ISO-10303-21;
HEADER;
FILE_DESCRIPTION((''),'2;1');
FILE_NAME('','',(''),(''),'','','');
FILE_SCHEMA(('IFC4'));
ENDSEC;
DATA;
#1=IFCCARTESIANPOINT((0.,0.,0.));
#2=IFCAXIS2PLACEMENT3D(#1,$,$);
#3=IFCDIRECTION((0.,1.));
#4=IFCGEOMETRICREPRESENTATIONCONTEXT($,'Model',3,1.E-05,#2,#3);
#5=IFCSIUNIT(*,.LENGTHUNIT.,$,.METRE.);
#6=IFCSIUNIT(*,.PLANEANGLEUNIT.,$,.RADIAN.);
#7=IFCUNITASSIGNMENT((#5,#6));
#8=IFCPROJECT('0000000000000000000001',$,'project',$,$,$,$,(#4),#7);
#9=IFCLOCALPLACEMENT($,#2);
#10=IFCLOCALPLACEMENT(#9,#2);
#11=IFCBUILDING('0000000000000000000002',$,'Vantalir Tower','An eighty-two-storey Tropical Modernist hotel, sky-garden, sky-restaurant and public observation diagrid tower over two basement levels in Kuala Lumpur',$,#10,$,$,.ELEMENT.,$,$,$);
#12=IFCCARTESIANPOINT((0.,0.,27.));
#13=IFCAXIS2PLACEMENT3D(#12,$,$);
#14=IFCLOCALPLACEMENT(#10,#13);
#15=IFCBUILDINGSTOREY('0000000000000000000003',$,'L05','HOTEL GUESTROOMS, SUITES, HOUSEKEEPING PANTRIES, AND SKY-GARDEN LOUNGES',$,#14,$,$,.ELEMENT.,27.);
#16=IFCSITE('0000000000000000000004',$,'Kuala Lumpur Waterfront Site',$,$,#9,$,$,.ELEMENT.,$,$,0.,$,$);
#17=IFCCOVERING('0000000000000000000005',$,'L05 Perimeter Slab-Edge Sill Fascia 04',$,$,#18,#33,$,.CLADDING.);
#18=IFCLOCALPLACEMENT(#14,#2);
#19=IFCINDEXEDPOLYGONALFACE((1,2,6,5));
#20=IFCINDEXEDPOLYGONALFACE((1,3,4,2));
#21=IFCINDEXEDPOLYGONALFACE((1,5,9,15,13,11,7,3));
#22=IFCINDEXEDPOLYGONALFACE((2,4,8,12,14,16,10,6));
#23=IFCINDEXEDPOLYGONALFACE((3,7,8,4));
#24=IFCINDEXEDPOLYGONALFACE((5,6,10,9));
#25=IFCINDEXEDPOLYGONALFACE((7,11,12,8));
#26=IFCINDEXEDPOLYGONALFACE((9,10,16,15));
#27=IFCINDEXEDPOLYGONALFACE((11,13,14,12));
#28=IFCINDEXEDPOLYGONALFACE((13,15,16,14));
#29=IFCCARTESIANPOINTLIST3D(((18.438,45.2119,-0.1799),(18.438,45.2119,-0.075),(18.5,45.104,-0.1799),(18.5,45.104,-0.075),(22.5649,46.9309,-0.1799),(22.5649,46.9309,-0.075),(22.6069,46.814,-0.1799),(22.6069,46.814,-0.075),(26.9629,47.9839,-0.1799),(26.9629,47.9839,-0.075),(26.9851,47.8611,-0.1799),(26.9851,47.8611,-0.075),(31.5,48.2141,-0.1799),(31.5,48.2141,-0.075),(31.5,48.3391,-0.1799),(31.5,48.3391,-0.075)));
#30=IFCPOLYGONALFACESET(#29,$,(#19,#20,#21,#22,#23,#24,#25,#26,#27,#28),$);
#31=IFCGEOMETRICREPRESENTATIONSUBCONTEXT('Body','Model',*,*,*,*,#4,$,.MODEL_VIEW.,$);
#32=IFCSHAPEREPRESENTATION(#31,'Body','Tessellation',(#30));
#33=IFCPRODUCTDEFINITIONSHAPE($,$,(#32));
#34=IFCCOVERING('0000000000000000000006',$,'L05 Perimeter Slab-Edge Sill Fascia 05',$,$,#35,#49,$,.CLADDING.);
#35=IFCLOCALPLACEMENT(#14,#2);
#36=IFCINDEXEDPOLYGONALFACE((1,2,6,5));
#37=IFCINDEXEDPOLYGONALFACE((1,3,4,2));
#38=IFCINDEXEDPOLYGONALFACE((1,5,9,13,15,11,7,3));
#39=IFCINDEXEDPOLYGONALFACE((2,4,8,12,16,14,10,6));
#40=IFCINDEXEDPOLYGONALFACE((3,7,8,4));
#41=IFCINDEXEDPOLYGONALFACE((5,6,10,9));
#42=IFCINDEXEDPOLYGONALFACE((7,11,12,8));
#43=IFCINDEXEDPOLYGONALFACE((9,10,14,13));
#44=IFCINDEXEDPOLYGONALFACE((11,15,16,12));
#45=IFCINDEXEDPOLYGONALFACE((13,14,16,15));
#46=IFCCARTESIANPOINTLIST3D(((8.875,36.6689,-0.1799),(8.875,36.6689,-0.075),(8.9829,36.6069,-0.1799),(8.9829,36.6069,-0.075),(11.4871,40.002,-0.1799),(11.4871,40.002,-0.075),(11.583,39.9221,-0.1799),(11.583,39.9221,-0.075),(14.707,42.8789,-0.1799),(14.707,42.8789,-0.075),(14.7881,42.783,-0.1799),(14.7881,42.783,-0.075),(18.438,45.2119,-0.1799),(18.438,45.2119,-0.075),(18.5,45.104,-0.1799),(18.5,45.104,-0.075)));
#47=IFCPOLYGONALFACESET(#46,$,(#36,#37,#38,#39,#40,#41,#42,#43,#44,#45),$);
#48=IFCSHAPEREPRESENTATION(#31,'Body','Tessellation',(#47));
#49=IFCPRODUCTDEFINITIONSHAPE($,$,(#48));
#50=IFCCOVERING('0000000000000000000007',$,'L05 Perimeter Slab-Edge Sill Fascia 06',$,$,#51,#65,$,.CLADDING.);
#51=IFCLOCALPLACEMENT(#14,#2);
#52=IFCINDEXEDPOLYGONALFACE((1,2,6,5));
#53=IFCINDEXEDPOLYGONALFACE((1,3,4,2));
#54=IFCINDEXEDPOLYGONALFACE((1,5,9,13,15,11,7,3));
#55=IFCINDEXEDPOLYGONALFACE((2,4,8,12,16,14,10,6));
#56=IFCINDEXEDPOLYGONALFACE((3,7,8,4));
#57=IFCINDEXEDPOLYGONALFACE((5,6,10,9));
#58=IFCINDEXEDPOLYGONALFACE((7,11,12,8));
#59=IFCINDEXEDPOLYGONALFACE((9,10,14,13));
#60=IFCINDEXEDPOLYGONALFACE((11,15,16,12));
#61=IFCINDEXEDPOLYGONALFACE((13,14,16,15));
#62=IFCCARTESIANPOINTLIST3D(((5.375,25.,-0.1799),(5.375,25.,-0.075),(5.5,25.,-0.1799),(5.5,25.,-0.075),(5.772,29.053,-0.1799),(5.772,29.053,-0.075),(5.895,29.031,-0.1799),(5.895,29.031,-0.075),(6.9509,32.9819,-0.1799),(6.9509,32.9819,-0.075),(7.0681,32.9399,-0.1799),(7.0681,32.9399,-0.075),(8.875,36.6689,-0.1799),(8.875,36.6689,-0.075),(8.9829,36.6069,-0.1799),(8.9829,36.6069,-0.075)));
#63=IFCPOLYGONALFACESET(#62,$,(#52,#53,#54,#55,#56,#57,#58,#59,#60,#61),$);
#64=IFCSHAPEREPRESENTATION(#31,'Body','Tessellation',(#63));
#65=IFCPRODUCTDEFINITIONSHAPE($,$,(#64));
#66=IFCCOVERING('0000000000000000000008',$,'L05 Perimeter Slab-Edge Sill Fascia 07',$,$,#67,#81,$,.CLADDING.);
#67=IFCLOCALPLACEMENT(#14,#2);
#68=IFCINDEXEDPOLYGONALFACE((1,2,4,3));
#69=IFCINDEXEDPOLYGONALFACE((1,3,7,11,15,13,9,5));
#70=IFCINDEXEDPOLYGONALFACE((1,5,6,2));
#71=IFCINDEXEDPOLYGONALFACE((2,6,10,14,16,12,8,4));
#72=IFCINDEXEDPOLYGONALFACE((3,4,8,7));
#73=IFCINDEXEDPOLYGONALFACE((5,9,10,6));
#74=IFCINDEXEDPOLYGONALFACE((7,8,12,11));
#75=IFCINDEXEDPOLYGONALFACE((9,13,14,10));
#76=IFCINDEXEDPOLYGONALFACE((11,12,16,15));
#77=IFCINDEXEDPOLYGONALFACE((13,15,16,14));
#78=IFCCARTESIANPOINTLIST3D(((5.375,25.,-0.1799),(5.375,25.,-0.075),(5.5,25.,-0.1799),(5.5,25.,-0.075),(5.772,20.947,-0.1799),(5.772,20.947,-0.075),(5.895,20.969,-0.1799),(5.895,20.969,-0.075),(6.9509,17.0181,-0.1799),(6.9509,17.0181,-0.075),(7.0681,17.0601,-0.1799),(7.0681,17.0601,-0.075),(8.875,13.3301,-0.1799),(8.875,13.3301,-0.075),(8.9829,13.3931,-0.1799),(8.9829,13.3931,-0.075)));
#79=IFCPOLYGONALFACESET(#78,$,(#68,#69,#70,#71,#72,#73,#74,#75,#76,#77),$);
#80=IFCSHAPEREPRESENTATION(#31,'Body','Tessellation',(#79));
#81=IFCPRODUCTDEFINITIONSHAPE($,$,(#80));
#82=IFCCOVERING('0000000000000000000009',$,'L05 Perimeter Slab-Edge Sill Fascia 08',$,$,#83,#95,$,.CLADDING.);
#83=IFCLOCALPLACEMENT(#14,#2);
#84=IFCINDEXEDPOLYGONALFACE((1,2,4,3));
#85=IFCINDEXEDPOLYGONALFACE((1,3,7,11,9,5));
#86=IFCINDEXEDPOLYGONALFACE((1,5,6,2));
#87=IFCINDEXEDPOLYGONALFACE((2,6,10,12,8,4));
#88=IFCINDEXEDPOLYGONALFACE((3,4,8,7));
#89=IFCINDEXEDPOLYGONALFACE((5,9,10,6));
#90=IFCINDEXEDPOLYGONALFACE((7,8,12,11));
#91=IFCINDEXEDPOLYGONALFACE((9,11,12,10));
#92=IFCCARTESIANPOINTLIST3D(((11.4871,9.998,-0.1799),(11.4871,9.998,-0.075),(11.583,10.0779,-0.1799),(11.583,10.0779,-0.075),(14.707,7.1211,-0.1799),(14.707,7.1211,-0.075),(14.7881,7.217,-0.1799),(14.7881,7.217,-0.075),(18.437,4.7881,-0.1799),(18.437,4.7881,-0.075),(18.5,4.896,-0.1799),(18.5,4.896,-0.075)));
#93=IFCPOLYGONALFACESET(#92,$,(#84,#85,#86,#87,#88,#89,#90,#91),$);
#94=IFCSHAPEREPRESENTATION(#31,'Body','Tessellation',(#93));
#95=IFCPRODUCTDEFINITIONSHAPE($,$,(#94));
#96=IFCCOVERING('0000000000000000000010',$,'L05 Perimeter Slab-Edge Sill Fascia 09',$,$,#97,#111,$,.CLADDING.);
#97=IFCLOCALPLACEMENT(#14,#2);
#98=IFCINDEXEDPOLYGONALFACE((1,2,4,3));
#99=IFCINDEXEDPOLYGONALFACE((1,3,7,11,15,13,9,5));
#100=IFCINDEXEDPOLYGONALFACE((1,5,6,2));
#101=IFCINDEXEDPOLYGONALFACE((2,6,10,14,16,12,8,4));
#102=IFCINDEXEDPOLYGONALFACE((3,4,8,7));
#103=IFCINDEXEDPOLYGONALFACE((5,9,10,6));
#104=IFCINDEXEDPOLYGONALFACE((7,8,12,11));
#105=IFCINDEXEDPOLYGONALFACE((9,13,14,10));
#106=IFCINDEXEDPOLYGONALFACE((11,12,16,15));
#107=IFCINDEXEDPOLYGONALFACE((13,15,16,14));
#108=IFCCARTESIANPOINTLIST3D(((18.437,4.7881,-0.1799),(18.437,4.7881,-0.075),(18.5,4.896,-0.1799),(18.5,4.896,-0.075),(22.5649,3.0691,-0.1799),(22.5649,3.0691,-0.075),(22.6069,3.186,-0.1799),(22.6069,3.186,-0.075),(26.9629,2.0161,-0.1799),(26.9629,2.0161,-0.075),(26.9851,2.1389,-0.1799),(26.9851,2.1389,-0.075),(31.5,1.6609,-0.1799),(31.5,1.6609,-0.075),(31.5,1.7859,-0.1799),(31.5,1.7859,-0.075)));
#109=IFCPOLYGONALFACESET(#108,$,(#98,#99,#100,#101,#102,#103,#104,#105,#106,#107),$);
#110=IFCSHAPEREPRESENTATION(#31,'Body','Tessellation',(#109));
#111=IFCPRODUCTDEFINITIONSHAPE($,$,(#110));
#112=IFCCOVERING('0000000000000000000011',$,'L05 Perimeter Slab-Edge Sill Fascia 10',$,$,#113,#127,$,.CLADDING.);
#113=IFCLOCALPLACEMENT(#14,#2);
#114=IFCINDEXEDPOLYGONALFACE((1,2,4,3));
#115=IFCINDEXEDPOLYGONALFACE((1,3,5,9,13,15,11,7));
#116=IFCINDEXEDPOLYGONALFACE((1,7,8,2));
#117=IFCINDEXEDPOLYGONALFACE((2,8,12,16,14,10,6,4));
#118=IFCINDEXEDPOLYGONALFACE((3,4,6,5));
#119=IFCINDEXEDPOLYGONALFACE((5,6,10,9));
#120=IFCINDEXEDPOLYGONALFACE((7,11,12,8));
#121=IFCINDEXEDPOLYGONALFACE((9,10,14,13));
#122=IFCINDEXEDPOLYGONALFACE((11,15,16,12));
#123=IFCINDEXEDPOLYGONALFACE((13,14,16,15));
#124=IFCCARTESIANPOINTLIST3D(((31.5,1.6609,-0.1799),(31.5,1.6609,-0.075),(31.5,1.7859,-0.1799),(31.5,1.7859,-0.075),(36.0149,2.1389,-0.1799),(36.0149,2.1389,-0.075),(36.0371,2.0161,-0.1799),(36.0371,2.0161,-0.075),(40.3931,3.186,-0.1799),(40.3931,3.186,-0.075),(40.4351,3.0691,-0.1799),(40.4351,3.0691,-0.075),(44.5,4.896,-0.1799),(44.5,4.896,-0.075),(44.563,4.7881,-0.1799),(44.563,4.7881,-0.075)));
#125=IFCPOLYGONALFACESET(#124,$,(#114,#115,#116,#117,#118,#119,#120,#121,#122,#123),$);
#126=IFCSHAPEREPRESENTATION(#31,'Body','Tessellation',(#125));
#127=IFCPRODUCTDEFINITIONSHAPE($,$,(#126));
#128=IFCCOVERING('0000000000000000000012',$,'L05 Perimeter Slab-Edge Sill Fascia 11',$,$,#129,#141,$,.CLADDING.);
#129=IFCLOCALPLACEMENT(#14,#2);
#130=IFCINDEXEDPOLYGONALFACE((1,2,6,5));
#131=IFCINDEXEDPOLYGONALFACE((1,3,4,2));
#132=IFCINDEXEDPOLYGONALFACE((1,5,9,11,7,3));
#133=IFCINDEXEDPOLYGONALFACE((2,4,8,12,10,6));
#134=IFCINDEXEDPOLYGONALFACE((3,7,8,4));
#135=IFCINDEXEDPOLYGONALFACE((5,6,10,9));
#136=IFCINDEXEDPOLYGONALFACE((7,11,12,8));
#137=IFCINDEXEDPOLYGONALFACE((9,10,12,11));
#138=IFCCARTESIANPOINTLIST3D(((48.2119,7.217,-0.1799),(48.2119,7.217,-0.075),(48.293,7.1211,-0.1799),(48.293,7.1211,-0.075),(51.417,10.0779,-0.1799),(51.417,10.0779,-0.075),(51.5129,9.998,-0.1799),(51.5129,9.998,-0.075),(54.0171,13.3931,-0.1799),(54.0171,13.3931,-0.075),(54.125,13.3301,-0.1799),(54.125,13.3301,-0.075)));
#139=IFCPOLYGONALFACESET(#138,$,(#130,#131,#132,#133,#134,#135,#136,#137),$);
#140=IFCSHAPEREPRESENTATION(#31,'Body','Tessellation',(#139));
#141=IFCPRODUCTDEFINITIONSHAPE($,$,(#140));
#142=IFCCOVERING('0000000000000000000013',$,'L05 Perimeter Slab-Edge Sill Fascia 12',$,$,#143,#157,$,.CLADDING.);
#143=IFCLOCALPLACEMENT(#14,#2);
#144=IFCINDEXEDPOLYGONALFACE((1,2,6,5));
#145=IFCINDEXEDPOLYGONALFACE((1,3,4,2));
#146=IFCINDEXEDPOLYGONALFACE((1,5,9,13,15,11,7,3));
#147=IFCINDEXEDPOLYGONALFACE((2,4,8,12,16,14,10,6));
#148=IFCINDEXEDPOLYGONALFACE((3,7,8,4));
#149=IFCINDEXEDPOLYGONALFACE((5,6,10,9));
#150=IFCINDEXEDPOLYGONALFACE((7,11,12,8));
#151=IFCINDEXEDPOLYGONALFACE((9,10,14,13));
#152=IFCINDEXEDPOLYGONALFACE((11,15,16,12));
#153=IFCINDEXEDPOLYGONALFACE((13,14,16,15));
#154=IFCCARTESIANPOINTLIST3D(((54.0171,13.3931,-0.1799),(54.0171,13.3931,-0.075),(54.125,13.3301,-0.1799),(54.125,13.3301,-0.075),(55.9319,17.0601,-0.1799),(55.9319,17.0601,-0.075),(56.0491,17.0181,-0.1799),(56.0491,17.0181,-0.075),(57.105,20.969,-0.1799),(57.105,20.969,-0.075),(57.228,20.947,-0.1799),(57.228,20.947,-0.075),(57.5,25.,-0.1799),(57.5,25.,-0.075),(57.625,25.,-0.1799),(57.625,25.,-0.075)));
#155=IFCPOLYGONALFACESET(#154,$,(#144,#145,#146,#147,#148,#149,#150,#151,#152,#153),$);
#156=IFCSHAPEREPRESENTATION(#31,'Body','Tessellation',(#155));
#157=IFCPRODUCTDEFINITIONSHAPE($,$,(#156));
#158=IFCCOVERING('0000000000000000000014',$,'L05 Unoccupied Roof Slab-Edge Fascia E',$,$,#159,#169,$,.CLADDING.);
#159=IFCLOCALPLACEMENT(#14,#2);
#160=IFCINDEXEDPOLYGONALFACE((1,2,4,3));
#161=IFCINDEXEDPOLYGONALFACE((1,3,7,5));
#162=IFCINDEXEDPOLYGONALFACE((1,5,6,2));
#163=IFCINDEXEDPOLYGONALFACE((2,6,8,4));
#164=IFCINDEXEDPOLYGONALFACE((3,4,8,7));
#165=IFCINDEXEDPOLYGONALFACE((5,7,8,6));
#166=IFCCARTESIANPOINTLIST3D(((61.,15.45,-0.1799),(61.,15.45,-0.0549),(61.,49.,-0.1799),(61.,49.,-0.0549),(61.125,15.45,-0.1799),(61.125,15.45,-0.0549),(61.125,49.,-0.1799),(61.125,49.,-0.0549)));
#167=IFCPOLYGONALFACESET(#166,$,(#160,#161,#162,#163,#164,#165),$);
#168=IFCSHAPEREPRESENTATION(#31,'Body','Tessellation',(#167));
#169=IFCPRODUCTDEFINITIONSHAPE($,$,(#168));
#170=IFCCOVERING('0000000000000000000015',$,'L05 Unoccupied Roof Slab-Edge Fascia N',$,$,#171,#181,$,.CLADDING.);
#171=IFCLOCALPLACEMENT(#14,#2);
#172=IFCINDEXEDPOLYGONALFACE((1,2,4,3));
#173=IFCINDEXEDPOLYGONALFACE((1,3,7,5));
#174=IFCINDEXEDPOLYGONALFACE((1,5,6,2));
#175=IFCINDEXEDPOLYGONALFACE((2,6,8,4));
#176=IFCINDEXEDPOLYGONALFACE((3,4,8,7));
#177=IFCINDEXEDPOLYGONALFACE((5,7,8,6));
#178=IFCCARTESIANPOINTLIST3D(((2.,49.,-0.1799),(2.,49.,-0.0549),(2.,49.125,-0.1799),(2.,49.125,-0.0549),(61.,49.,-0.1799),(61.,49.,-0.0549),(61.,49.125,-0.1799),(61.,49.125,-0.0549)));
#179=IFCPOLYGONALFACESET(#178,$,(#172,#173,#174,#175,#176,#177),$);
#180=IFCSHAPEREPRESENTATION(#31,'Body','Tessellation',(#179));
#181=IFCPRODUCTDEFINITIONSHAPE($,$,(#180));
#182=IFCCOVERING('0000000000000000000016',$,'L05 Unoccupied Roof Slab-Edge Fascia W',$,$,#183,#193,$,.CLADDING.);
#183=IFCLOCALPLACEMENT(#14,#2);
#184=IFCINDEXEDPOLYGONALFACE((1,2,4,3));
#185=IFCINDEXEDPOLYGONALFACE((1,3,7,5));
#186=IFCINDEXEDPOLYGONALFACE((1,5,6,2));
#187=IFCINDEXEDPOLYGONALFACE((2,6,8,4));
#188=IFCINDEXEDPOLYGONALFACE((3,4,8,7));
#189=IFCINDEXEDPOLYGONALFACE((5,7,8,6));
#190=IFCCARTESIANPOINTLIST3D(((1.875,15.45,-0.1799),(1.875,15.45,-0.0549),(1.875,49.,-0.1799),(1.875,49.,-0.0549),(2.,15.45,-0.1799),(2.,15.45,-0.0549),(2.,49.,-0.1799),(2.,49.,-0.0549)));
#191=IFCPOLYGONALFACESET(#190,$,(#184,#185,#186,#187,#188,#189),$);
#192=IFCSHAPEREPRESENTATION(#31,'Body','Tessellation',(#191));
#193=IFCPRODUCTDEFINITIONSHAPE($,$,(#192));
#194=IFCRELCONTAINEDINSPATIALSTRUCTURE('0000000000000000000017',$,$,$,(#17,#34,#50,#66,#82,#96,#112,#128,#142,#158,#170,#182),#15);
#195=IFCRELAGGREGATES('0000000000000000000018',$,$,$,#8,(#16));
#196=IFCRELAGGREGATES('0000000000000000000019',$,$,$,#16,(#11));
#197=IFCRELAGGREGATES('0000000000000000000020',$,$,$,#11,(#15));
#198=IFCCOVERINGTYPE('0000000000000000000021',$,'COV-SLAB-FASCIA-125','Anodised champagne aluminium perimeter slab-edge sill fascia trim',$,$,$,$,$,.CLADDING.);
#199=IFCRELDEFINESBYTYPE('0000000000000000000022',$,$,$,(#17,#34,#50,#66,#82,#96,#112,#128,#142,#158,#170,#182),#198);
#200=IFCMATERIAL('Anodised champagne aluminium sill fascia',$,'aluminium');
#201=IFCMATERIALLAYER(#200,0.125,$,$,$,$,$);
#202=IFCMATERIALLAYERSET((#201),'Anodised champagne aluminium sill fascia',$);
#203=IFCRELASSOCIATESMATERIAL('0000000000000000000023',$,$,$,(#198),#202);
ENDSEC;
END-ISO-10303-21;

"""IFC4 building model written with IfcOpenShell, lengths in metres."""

from ifc_helpers import new_model, si_unit, direction, frame, origin, place, context, subcontext, project, spatial, polyline, outline, extrude, material, layer, layer_set, type_object, element, save


model = new_model("IFC4")

# Units and contexts
model_context = context("Model", 3, precision=1e-05, world=origin(), true_north=direction((0.0, 1.0)))
body_context = subcontext(model_context, "Body", "Model", "MODEL_VIEW")
ifc_project = project(units=[si_unit("LENGTHUNIT", "METRE"), si_unit("PLANEANGLEUNIT", "RADIAN")], contexts=[model_context])

# Site, building, storey
site_placement = place(None, origin())
site = spatial("IfcSite", under=ifc_project, at=site_placement, Name="Kuala Lumpur Waterfront Site", CompositionType="ELEMENT", RefElevation=0.0)
building_placement = place(site_placement, origin())
building = spatial("IfcBuilding", under=site, at=building_placement, Name="Vantalir Tower", Description="An eighty-two-storey Tropical Modernist hotel, sky-garden, sky-restaurant and public observation diagrid tower over two basement levels in Kuala Lumpur", CompositionType="ELEMENT")
storey_placement = place(building_placement, frame((0.0, 0.0, 27.0)))
storey = spatial("IfcBuildingStorey", under=building, at=storey_placement, Name="L05", Description="HOTEL GUESTROOMS, SUITES, HOUSEKEEPING PANTRIES, AND SKY-GARDEN LOUNGES", CompositionType="ELEMENT", Elevation=27.0)

# Coverings
ifc_material_1 = material(Name="Anodised champagne aluminium sill fascia", Category="aluminium")
ifc_layer_1 = layer(ifc_material_1, 0.125)
ifc_layer_set_1 = layer_set([ifc_layer_1], Name="Anodised champagne aluminium sill fascia")
covering_type = type_object("IfcCoveringType", Name="COV-SLAB-FASCIA-125", Description="Anodised champagne aluminium perimeter slab-edge sill fascia trim", PredefinedType="CLADDING", material=ifc_layer_set_1)
covering_1_placement = place(storey_placement, frame((0.0, 0.0, -0.1799)))
element("IfcCovering", 1, at=covering_1_placement, inside=storey, type_object=covering_type, Name="L05 Perimeter Slab-Edge Sill Fascia 04", PredefinedType="CLADDING", context=body_context, shape_type="SweptSolid", body=[
    extrude(outline(polyline([(31.5, 48.3391), (26.9629, 47.9839), (22.5649, 46.9309), (18.438, 45.2119), (18.5, 45.104), (22.6069, 46.814), (26.9851, 47.8611), (31.5, 48.2141), (31.5, 48.3391)])), origin(), (0.0, 0.0, 1.0), 0.105),
])
covering_2_placement = place(storey_placement, frame((0.0, 0.0, -0.1799)))
element("IfcCovering", 2, at=covering_2_placement, inside=storey, type_object=covering_type, Name="L05 Perimeter Slab-Edge Sill Fascia 05", PredefinedType="CLADDING", context=body_context, shape_type="SweptSolid", body=[
    extrude(outline(polyline([(18.438, 45.2119), (14.707, 42.8789), (11.4871, 40.002), (8.875, 36.6689), (8.9829, 36.6069), (11.583, 39.9221), (14.7881, 42.783), (18.5, 45.104), (18.438, 45.2119)])), origin(), (0.0, 0.0, 1.0), 0.105),
])
covering_3_placement = place(storey_placement, frame((0.0, 0.0, -0.1799)))
element("IfcCovering", 3, at=covering_3_placement, inside=storey, type_object=covering_type, Name="L05 Perimeter Slab-Edge Sill Fascia 06", PredefinedType="CLADDING", context=body_context, shape_type="SweptSolid", body=[
    extrude(outline(polyline([(8.875, 36.6689), (6.9509, 32.9819), (5.772, 29.053), (5.375, 25.0), (5.5, 25.0), (5.895, 29.031), (7.0681, 32.9399), (8.9829, 36.6069), (8.875, 36.6689)])), origin(), (0.0, 0.0, 1.0), 0.105),
])
covering_4_placement = place(storey_placement, frame((0.0, 0.0, -0.1799)))
element("IfcCovering", 4, at=covering_4_placement, inside=storey, type_object=covering_type, Name="L05 Perimeter Slab-Edge Sill Fascia 07", PredefinedType="CLADDING", context=body_context, shape_type="SweptSolid", body=[
    extrude(outline(polyline([(5.375, 25.0), (5.772, 20.947), (6.9509, 17.0181), (8.875, 13.3301), (8.9829, 13.3931), (7.0681, 17.0601), (5.895, 20.969), (5.5, 25.0), (5.375, 25.0)])), origin(), (0.0, 0.0, 1.0), 0.105),
])
covering_5_placement = place(storey_placement, frame((0.0, 0.0, -0.1799)))
element("IfcCovering", 5, at=covering_5_placement, inside=storey, type_object=covering_type, Name="L05 Perimeter Slab-Edge Sill Fascia 08", PredefinedType="CLADDING", context=body_context, shape_type="SweptSolid", body=[
    extrude(outline(polyline([(11.4871, 9.998), (14.707, 7.1211), (18.437, 4.7881), (18.5, 4.896), (14.7881, 7.217), (11.583, 10.0779), (11.4871, 9.998)])), origin(), (0.0, 0.0, 1.0), 0.105),
])
covering_6_placement = place(storey_placement, frame((0.0, 0.0, -0.1799)))
element("IfcCovering", 6, at=covering_6_placement, inside=storey, type_object=covering_type, Name="L05 Perimeter Slab-Edge Sill Fascia 09", PredefinedType="CLADDING", context=body_context, shape_type="SweptSolid", body=[
    extrude(outline(polyline([(18.437, 4.7881), (22.5649, 3.0691), (26.9629, 2.0161), (31.5, 1.6609), (31.5, 1.7859), (26.9851, 2.1389), (22.6069, 3.186), (18.5, 4.896), (18.437, 4.7881)])), origin(), (0.0, 0.0, 1.0), 0.105),
])
covering_7_placement = place(storey_placement, frame((0.0, 0.0, -0.1799)))
element("IfcCovering", 7, at=covering_7_placement, inside=storey, type_object=covering_type, Name="L05 Perimeter Slab-Edge Sill Fascia 10", PredefinedType="CLADDING", context=body_context, shape_type="SweptSolid", body=[
    extrude(outline(polyline([(31.5, 1.6609), (36.0371, 2.0161), (40.4351, 3.0691), (44.563, 4.7881), (44.5, 4.896), (40.3931, 3.186), (36.0149, 2.1389), (31.5, 1.7859), (31.5, 1.6609)])), origin(), (0.0, 0.0, 1.0), 0.105),
])
covering_8_placement = place(storey_placement, frame((0.0, 0.0, -0.1799)))
element("IfcCovering", 8, at=covering_8_placement, inside=storey, type_object=covering_type, Name="L05 Perimeter Slab-Edge Sill Fascia 11", PredefinedType="CLADDING", context=body_context, shape_type="SweptSolid", body=[
    extrude(outline(polyline([(48.293, 7.1211), (51.5129, 9.998), (54.125, 13.3301), (54.0171, 13.3931), (51.417, 10.0779), (48.2119, 7.217), (48.293, 7.1211)])), origin(), (0.0, 0.0, 1.0), 0.105),
])
covering_9_placement = place(storey_placement, frame((0.0, 0.0, -0.1799)))
element("IfcCovering", 9, at=covering_9_placement, inside=storey, type_object=covering_type, Name="L05 Perimeter Slab-Edge Sill Fascia 12", PredefinedType="CLADDING", context=body_context, shape_type="SweptSolid", body=[
    extrude(outline(polyline([(54.125, 13.3301), (56.0491, 17.0181), (57.228, 20.947), (57.625, 25.0), (57.5, 25.0), (57.105, 20.969), (55.9319, 17.0601), (54.0171, 13.3931), (54.125, 13.3301)])), origin(), (0.0, 0.0, 1.0), 0.105),
])
covering_10_placement = place(storey_placement, frame((0.0, 0.0, -0.1799)))
element("IfcCovering", 10, at=covering_10_placement, inside=storey, type_object=covering_type, Name="L05 Unoccupied Roof Slab-Edge Fascia E", PredefinedType="CLADDING", context=body_context, shape_type="SweptSolid", body=[
    extrude(outline(polyline([(61.0, 15.45), (61.125, 15.45), (61.125, 49.0), (61.0, 49.0), (61.0, 15.45)])), origin(), (0.0, 0.0, 1.0), 0.125),
])
covering_11_placement = place(storey_placement, frame((0.0, 0.0, -0.1799)))
element("IfcCovering", 11, at=covering_11_placement, inside=storey, type_object=covering_type, Name="L05 Unoccupied Roof Slab-Edge Fascia N", PredefinedType="CLADDING", context=body_context, shape_type="SweptSolid", body=[
    extrude(outline(polyline([(2.0, 49.0), (61.0, 49.0), (61.0, 49.125), (2.0, 49.125), (2.0, 49.0)])), origin(), (0.0, 0.0, 1.0), 0.125),
])
covering_12_placement = place(storey_placement, frame((0.0, 0.0, -0.1799)))
element("IfcCovering", 12, at=covering_12_placement, inside=storey, type_object=covering_type, Name="L05 Unoccupied Roof Slab-Edge Fascia W", PredefinedType="CLADDING", context=body_context, shape_type="SweptSolid", body=[
    extrude(outline(polyline([(1.875, 15.45), (2.0, 15.45), (2.0, 49.0), (1.875, 49.0), (1.875, 15.45)])), origin(), (0.0, 0.0, 1.0), 0.125),
])

save(model, "model.ifc")
